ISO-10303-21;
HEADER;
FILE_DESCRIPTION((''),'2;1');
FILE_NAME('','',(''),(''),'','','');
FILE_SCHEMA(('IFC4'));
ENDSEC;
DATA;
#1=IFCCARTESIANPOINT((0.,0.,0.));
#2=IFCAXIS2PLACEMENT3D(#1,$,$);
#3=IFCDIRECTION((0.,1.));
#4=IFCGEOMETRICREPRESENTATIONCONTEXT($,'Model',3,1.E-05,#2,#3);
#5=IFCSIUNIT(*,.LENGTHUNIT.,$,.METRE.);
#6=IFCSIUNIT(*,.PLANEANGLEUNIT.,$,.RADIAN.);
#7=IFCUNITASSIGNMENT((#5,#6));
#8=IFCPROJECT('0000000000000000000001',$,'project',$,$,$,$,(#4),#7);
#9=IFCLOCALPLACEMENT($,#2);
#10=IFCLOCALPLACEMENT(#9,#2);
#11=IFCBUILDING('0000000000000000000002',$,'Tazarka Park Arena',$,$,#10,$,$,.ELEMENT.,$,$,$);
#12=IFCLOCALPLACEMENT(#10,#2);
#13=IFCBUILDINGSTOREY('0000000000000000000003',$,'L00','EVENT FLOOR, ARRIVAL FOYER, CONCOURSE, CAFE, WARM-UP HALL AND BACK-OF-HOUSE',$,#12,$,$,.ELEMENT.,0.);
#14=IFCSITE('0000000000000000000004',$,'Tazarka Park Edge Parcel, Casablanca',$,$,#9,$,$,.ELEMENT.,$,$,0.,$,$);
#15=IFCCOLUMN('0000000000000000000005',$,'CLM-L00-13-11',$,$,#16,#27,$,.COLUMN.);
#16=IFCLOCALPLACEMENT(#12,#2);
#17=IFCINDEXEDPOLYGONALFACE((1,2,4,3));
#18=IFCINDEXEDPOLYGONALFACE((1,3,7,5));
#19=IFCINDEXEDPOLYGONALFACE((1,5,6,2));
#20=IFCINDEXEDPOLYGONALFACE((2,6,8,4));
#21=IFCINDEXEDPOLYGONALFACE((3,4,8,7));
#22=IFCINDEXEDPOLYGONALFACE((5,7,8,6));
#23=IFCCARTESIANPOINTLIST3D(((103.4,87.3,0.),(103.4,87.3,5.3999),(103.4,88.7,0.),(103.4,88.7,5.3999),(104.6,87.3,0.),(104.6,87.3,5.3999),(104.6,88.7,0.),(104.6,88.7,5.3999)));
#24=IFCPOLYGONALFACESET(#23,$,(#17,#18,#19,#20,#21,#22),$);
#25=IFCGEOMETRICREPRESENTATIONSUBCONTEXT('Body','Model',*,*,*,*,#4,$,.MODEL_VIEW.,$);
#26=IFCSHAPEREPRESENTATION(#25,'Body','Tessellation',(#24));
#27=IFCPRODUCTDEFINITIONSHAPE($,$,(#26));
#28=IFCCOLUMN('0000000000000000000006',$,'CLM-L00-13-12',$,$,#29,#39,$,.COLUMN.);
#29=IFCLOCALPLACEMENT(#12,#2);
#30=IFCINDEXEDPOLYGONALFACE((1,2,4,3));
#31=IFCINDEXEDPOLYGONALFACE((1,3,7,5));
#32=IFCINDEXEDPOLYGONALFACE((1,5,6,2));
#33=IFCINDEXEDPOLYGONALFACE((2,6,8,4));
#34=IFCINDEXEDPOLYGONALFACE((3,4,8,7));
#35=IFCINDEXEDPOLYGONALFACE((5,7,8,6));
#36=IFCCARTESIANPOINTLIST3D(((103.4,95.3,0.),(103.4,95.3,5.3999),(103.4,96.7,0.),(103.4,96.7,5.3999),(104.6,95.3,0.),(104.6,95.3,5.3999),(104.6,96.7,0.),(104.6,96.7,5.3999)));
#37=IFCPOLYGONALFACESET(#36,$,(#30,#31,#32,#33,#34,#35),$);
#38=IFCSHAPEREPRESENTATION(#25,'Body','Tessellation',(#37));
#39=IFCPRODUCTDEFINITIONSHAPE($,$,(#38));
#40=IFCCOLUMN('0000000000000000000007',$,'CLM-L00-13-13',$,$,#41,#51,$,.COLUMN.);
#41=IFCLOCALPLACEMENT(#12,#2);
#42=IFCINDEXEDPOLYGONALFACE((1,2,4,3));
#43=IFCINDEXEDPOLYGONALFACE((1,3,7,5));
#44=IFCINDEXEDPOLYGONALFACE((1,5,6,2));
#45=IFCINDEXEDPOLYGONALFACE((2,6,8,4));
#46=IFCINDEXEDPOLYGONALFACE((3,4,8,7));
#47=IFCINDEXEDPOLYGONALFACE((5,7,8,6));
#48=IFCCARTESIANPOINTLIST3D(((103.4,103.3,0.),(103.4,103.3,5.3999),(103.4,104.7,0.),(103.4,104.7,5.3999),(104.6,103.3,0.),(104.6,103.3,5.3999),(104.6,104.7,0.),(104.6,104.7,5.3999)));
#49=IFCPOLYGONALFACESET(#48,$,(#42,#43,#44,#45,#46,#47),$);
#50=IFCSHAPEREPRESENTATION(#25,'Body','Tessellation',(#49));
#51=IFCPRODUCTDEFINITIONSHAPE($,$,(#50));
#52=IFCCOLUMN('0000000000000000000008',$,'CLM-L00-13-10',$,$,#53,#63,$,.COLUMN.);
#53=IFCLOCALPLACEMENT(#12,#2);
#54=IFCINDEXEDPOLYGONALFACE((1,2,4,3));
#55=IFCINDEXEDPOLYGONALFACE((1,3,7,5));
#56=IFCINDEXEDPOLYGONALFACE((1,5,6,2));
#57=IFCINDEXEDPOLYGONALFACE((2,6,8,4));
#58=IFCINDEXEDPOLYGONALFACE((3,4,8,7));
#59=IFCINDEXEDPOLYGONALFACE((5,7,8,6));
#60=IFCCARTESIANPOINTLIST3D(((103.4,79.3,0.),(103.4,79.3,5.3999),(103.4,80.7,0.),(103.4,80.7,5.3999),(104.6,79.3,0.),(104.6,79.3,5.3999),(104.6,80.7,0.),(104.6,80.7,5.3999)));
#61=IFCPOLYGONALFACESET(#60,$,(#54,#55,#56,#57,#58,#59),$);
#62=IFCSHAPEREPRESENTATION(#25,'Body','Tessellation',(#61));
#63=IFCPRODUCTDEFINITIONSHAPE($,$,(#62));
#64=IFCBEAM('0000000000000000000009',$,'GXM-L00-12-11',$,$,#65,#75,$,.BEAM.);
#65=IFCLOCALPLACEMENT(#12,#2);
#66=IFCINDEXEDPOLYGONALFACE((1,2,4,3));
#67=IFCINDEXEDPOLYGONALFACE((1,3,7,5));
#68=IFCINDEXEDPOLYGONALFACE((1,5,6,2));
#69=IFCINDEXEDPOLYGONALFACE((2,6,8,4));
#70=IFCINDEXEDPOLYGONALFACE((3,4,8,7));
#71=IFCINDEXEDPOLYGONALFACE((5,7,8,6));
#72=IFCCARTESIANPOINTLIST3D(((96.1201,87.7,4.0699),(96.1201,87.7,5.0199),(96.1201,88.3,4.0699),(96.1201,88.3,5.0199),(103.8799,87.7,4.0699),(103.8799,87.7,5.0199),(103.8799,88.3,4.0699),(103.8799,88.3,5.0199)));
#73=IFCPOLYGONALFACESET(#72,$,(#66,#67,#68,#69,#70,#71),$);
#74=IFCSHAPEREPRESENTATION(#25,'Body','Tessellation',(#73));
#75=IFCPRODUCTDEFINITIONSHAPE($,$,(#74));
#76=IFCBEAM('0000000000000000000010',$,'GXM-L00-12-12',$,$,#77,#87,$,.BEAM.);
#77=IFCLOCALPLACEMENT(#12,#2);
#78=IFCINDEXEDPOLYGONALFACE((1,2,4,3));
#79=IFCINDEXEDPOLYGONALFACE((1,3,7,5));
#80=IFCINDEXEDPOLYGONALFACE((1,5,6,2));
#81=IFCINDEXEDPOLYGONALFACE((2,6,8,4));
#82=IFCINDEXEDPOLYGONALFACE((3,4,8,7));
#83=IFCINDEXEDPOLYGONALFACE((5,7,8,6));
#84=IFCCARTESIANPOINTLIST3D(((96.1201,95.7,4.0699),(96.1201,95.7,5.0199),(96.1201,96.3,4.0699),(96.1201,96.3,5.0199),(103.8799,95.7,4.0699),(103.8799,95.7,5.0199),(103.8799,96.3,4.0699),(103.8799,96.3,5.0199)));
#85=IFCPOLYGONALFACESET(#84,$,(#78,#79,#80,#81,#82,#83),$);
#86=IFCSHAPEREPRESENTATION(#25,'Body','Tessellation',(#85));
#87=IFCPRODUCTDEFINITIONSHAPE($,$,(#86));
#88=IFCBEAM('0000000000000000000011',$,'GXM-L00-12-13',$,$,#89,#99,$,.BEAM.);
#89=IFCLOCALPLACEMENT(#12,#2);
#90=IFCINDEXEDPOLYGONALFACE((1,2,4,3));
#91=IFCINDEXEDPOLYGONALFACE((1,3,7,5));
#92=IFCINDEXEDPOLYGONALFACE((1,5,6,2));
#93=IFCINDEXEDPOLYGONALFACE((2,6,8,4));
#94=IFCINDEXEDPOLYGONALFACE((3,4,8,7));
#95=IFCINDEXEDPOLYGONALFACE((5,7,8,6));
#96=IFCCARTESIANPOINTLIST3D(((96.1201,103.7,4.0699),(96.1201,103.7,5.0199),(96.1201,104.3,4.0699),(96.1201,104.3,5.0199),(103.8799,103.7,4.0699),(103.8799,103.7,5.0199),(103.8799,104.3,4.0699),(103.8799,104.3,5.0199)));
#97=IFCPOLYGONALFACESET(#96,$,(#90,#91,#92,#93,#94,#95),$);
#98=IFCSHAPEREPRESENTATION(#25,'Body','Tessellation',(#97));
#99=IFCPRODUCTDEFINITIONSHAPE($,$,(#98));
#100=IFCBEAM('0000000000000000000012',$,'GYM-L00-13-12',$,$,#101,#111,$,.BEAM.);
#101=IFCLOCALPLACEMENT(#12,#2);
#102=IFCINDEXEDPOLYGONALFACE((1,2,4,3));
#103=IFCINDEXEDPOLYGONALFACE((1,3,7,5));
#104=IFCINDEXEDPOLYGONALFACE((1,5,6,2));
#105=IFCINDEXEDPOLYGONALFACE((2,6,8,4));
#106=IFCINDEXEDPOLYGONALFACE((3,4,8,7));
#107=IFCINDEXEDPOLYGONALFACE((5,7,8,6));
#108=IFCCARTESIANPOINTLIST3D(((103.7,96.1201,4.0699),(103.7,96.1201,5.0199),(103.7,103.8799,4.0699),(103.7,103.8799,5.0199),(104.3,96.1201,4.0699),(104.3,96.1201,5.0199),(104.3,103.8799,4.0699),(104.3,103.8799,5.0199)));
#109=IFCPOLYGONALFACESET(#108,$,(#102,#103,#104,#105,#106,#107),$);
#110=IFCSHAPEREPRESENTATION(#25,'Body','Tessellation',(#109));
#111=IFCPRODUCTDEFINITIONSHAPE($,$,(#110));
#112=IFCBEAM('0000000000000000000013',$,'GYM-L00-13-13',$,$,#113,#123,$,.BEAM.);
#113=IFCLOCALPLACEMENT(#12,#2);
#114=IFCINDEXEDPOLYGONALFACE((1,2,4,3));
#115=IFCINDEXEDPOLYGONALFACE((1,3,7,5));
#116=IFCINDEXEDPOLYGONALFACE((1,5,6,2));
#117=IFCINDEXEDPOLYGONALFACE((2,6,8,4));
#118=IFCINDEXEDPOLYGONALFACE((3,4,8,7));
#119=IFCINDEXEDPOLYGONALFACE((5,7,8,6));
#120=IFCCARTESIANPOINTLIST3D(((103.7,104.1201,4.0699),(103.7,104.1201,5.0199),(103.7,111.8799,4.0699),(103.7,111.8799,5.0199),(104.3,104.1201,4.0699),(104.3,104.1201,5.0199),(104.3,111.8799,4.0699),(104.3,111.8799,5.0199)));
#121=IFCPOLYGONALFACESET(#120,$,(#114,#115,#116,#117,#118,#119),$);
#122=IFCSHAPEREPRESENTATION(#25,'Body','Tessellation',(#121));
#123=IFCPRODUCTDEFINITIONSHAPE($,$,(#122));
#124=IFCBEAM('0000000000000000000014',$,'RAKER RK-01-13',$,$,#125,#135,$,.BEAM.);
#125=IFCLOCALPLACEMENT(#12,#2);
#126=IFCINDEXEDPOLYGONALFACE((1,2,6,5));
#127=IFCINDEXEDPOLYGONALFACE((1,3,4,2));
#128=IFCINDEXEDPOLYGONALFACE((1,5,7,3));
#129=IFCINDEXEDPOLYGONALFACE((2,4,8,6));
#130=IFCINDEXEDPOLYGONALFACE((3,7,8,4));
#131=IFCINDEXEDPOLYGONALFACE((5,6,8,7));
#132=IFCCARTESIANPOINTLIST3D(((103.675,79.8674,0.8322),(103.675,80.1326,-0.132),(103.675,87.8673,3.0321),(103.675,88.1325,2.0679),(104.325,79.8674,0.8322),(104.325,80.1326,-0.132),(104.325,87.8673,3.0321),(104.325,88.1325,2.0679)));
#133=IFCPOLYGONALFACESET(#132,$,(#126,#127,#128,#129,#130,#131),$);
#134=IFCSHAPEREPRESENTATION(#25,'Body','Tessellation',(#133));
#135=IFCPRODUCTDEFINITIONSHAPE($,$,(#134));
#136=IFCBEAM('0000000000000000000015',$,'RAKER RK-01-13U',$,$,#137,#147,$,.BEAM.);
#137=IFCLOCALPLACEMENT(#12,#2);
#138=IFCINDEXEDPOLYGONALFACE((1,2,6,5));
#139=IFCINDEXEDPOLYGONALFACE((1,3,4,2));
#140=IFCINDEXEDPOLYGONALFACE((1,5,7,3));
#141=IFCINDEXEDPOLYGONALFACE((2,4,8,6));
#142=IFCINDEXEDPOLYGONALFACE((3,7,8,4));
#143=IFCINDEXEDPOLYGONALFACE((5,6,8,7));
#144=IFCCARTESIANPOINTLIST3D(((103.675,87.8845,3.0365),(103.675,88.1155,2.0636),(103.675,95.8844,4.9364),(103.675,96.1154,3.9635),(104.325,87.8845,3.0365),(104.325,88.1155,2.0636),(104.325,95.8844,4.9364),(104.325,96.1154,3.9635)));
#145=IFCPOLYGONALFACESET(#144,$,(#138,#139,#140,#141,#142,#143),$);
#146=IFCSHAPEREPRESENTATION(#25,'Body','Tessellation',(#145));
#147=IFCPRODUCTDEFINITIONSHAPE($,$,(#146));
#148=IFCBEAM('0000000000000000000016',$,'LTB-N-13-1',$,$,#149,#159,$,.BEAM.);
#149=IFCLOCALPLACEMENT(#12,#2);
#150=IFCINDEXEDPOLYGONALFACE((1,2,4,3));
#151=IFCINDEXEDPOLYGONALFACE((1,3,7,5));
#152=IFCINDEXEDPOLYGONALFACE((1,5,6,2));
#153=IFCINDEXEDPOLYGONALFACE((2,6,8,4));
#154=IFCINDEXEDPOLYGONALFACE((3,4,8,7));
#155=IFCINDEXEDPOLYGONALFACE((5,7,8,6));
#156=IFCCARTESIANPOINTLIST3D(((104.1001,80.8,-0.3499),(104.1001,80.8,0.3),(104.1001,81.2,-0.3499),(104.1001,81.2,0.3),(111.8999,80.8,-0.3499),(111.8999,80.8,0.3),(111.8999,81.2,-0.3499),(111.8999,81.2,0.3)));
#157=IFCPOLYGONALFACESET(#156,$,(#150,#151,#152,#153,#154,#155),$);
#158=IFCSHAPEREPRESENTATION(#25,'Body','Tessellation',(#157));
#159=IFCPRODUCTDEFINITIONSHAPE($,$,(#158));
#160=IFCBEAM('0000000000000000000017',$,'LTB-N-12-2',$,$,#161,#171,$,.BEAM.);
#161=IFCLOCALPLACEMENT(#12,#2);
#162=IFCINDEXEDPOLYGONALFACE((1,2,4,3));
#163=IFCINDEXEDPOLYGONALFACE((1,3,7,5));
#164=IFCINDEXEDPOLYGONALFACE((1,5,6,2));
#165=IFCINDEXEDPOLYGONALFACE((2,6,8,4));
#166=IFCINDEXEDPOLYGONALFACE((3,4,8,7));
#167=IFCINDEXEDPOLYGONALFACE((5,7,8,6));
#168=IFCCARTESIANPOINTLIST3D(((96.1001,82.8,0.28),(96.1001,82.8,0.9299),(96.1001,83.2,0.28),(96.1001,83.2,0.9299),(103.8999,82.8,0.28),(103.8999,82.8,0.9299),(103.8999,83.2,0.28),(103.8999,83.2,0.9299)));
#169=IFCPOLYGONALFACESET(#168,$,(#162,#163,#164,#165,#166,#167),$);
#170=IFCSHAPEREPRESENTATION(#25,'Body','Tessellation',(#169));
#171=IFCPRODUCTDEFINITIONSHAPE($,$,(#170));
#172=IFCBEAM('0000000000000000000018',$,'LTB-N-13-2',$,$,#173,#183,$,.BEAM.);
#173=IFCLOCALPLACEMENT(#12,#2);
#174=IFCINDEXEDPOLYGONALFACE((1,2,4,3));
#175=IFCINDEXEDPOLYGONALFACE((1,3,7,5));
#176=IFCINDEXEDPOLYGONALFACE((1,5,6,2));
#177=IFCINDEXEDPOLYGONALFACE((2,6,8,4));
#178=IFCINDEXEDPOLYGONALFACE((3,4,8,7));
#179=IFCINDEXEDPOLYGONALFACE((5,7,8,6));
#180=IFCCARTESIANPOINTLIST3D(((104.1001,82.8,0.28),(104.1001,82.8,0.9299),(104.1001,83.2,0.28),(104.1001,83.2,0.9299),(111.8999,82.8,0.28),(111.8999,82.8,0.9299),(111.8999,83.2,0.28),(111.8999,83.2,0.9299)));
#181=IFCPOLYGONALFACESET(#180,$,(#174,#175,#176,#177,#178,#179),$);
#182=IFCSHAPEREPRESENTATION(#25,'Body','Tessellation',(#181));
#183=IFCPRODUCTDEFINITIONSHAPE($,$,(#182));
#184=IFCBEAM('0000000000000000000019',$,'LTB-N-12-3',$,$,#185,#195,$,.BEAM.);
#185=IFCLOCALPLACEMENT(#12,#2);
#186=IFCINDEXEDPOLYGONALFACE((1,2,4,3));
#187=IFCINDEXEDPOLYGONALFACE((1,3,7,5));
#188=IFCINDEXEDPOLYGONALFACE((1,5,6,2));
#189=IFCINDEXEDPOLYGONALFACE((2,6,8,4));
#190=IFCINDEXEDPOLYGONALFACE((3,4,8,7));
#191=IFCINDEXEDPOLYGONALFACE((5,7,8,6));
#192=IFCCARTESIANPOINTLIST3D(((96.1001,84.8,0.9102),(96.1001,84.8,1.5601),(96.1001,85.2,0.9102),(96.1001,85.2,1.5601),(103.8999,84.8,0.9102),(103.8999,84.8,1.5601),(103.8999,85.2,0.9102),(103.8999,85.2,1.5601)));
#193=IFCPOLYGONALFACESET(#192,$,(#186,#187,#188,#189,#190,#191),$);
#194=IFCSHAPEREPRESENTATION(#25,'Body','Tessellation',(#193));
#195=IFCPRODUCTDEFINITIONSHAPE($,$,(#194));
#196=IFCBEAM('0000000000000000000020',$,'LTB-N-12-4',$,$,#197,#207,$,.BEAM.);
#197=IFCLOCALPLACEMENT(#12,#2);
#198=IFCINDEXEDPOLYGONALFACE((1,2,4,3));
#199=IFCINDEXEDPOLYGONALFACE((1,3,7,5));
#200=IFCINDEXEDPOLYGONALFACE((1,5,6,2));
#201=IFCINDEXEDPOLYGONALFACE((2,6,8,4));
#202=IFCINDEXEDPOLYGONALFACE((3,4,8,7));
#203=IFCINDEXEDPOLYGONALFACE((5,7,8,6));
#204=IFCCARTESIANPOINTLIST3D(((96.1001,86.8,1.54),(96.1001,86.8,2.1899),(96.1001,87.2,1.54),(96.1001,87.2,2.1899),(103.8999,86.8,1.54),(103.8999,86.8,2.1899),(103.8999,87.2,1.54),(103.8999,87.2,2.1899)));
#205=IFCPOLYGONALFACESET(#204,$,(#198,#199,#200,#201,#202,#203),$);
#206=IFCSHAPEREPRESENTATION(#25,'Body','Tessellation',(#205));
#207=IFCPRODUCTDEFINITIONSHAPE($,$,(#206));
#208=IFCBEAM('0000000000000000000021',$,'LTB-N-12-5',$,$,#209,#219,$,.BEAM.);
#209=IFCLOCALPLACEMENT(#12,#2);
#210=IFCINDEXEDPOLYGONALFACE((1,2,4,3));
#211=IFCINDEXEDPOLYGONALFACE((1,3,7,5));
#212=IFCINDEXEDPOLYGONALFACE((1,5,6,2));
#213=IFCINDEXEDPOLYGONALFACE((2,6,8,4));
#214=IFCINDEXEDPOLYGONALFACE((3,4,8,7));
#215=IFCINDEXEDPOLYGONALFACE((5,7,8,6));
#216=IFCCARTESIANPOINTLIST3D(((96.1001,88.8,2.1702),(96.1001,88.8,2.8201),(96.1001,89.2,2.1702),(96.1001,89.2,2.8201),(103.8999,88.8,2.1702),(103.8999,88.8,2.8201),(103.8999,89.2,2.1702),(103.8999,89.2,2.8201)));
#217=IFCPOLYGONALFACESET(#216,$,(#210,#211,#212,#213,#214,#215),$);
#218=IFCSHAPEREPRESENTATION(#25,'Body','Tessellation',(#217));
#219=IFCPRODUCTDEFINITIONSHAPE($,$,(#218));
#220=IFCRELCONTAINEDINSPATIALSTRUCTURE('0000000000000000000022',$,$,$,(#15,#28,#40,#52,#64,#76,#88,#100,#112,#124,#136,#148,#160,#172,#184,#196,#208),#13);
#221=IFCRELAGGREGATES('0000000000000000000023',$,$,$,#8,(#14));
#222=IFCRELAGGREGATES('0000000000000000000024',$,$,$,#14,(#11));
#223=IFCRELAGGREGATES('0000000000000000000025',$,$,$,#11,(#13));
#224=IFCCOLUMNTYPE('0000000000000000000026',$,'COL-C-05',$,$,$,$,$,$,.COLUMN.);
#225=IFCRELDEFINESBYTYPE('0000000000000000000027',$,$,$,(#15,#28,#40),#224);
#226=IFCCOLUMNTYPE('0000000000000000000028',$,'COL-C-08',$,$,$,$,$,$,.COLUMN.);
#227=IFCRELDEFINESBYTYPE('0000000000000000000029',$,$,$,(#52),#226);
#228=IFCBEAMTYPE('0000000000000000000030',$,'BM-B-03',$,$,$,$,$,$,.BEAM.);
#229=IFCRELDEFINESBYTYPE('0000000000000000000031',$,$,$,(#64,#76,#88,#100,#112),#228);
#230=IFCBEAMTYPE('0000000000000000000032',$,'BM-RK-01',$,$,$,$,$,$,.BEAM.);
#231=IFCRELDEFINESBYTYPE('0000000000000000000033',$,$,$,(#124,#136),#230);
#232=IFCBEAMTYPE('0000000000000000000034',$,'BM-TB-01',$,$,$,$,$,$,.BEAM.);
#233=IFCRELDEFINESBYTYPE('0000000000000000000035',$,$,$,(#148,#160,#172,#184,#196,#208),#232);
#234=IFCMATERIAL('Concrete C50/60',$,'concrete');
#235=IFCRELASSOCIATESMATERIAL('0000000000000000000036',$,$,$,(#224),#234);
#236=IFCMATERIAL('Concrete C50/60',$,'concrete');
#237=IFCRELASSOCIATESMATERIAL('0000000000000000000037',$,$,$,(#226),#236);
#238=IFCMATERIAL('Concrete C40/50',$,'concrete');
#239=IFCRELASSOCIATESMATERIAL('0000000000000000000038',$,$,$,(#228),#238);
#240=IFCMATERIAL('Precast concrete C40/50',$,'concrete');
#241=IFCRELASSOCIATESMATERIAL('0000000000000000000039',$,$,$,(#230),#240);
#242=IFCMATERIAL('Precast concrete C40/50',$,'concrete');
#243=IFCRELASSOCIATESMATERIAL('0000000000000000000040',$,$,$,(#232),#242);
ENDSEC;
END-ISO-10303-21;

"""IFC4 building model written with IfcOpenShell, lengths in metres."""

from ifc_helpers import new_model, si_unit, direction, frame, origin, origin_2d, place, context, subcontext, project, spatial, rectangle, extrude, material, material_profile, profile_set, type_object, element, save


model = new_model("IFC4")

# Units and contexts
model_context = context("Model", 3, precision=1e-05, world=origin(), true_north=direction((0.0, 1.0)))
body_context = subcontext(model_context, "Body", "Model", "MODEL_VIEW")
ifc_project = project(units=[si_unit("LENGTHUNIT", "METRE"), si_unit("PLANEANGLEUNIT", "RADIAN")], contexts=[model_context])

# Site, building, storey
site_placement = place(None, origin())
site = spatial("IfcSite", under=ifc_project, at=site_placement, Name="Tazarka Park Edge Parcel, Casablanca", CompositionType="ELEMENT", RefElevation=0.0)
building_placement = place(site_placement, origin())
building = spatial("IfcBuilding", under=site, at=building_placement, Name="Tazarka Park Arena", CompositionType="ELEMENT")
storey_placement = place(building_placement, origin())
storey = spatial("IfcBuildingStorey", under=building, at=storey_placement, Name="L00", Description="EVENT FLOOR, ARRIVAL FOYER, CONCOURSE, CAFE, WARM-UP HALL AND BACK-OF-HOUSE", CompositionType="ELEMENT", Elevation=0.0)

# Columns
ifc_material_1 = material(Name="Concrete C50/60", Category="concrete")
ifc_material_profile_1 = material_profile(ifc_material_1, rectangle(XDim=1.2, YDim=1.3999, at=origin_2d()), Name="Concrete C50/60")
ifc_profile_set_1 = profile_set([ifc_material_profile_1], Name="Concrete C50/60")
column_type_1 = type_object("IfcColumnType", Name="COL-C-05", PredefinedType="COLUMN", material=ifc_profile_set_1)
for number, where, z_axis, x_axis, name in (
    (1, (104.0, 88.0, 0.0), (0.0, 0.0, 1.0), (1.0, 0.0, 0.0), "CLM-L00-13-11"),
    (2, (104.0, 96.0, 0.0), (0.0, 0.0, 1.0), (1.0, 0.0, 0.0), "CLM-L00-13-12"),
    (3, (104.0, 104.0, 0.0), (0.0, 0.0, 1.0), (1.0, 0.0, 0.0), "CLM-L00-13-13"),
):
    element("IfcColumn", number, at=place(storey_placement, frame(where, z_axis=z_axis, x_axis=x_axis)), inside=storey, type_object=column_type_1, Name=name, PredefinedType="COLUMN", context=body_context, shape_type="SweptSolid", body=[
        extrude(rectangle(XDim=1.2, YDim=1.3999, at=origin_2d()), origin(), (0.0, 0.0, 1.0), 5.3999),
    ])
ifc_material_2 = material(Name="Concrete C50/60", Category="concrete")
ifc_material_profile_2 = material_profile(ifc_material_2, rectangle(XDim=1.2, YDim=1.3999, at=origin_2d()), Name="Concrete C50/60")
ifc_profile_set_2 = profile_set([ifc_material_profile_2], Name="Concrete C50/60")
column_type_2 = type_object("IfcColumnType", Name="COL-C-08", PredefinedType="COLUMN", material=ifc_profile_set_2)
column_placement = place(storey_placement, frame((104.0, 80.0, 0.0), z_axis=(0.0, 0.0, 1.0), x_axis=(1.0, 0.0, 0.0)))
element("IfcColumn", 4, at=column_placement, inside=storey, type_object=column_type_2, Name="CLM-L00-13-10", PredefinedType="COLUMN", context=body_context, shape_type="SweptSolid", body=[
    extrude(rectangle(XDim=1.2, YDim=1.3999, at=origin_2d()), origin(), (0.0, 0.0, 1.0), 5.3999),
])

# Beams
ifc_material_3 = material(Name="Concrete C40/50", Category="concrete")
ifc_material_profile_3 = material_profile(ifc_material_3, rectangle(XDim=0.6001, YDim=0.95, at=origin_2d()), Name="Concrete C40/50")
ifc_profile_set_3 = profile_set([ifc_material_profile_3], Name="Concrete C40/50")
beam_type_1 = type_object("IfcBeamType", Name="BM-B-03", PredefinedType="BEAM", material=ifc_profile_set_3)
for number, where, z_axis, x_axis, name in (
    (5, (96.1201, 88.0, 4.5449), (1.0, 0.0, 0.0), (0.0, 1.0, 0.0), "GXM-L00-12-11"),
    (6, (96.1201, 96.0, 4.5449), (1.0, 0.0, 0.0), (0.0, 1.0, 0.0), "GXM-L00-12-12"),
    (7, (96.1201, 104.0, 4.5449), (1.0, 0.0, 0.0), (0.0, 1.0, 0.0), "GXM-L00-12-13"),
    (8, (104.0, 96.1201, 4.5449), (0.0, 1.0, 0.0), (-1.0, 0.0, 0.0), "GYM-L00-13-12"),
    (9, (104.0, 104.1201, 4.5449), (0.0, 1.0, 0.0), (-1.0, 0.0, 0.0), "GYM-L00-13-13"),
):
    element("IfcBeam", number, at=place(storey_placement, frame(where, z_axis=z_axis, x_axis=x_axis)), inside=storey, type_object=beam_type_1, Name=name, PredefinedType="BEAM", context=body_context, shape_type="SweptSolid", body=[
        extrude(rectangle(XDim=0.6001, YDim=0.95, at=origin_2d()), origin(), (0.0, 0.0, 1.0), 7.7598),
    ])
ifc_material_4 = material(Name="Precast concrete C40/50", Category="concrete")
ifc_material_profile_4 = material_profile(ifc_material_4, rectangle(XDim=0.6499, YDim=1.0, at=origin_2d()), Name="Precast concrete C40/50")
ifc_profile_set_4 = profile_set([ifc_material_profile_4], Name="Precast concrete C40/50")
beam_type_2 = type_object("IfcBeamType", Name="BM-RK-01", PredefinedType="BEAM", material=ifc_profile_set_4)
beam_1_placement = place(storey_placement, frame((104.0, 80.0, 0.3501), z_axis=(0.0, 0.964207, 0.265151), x_axis=(-1.0, 0.0, 0.0)))
element("IfcBeam", 10, at=beam_1_placement, inside=storey, type_object=beam_type_2, Name="RAKER RK-01-13", PredefinedType="BEAM", context=body_context, shape_type="SweptSolid", body=[
    extrude(rectangle(XDim=0.6499, YDim=1.0, at=origin_2d()), origin(), (0.0, 0.0, 1.0), 8.2969),
])
beam_2_placement = place(storey_placement, frame((104.0, 88.0, 2.55), z_axis=(0.0, 0.972939, 0.231061), x_axis=(-1.0, 0.0, 0.0)))
element("IfcBeam", 11, at=beam_2_placement, inside=storey, type_object=beam_type_2, Name="RAKER RK-01-13U", PredefinedType="BEAM", context=body_context, shape_type="SweptSolid", body=[
    extrude(rectangle(XDim=0.6499, YDim=1.0, at=origin_2d()), origin(), (0.0, 0.0, 1.0), 8.2224),
])
ifc_material_5 = material(Name="Precast concrete C40/50", Category="concrete")
ifc_material_profile_5 = material_profile(ifc_material_5, rectangle(XDim=0.3999, YDim=0.6499, at=origin_2d()), Name="Precast concrete C40/50")
ifc_profile_set_5 = profile_set([ifc_material_profile_5], Name="Precast concrete C40/50")
beam_type_3 = type_object("IfcBeamType", Name="BM-TB-01", PredefinedType="BEAM", material=ifc_profile_set_5)
for number, where, z_axis, x_axis, name in (
    (12, (104.1001, 81.0, -0.0249), (1.0, 0.0, 0.0), (0.0, 1.0, 0.0), "LTB-N-13-1"),
    (13, (96.1001, 83.0, 0.605), (1.0, 0.0, 0.0), (0.0, 1.0, 0.0), "LTB-N-12-2"),
    (14, (104.1001, 83.0, 0.605), (1.0, 0.0, 0.0), (0.0, 1.0, 0.0), "LTB-N-13-2"),
    (15, (96.1001, 85.0, 1.2351), (1.0, 0.0, 0.0), (0.0, 1.0, 0.0), "LTB-N-12-3"),
    (16, (96.1001, 87.0, 1.865), (1.0, 0.0, 0.0), (0.0, 1.0, 0.0), "LTB-N-12-4"),
    (17, (96.1001, 89.0, 2.4951), (1.0, 0.0, 0.0), (0.0, 1.0, 0.0), "LTB-N-12-5"),
):
    element("IfcBeam", number, at=place(storey_placement, frame(where, z_axis=z_axis, x_axis=x_axis)), inside=storey, type_object=beam_type_3, Name=name, PredefinedType="BEAM", context=body_context, shape_type="SweptSolid", body=[
        extrude(rectangle(XDim=0.3999, YDim=0.6499, at=origin_2d()), origin(), (0.0, 0.0, 1.0), 7.7998),
    ])

save(model, "model.ifc")
